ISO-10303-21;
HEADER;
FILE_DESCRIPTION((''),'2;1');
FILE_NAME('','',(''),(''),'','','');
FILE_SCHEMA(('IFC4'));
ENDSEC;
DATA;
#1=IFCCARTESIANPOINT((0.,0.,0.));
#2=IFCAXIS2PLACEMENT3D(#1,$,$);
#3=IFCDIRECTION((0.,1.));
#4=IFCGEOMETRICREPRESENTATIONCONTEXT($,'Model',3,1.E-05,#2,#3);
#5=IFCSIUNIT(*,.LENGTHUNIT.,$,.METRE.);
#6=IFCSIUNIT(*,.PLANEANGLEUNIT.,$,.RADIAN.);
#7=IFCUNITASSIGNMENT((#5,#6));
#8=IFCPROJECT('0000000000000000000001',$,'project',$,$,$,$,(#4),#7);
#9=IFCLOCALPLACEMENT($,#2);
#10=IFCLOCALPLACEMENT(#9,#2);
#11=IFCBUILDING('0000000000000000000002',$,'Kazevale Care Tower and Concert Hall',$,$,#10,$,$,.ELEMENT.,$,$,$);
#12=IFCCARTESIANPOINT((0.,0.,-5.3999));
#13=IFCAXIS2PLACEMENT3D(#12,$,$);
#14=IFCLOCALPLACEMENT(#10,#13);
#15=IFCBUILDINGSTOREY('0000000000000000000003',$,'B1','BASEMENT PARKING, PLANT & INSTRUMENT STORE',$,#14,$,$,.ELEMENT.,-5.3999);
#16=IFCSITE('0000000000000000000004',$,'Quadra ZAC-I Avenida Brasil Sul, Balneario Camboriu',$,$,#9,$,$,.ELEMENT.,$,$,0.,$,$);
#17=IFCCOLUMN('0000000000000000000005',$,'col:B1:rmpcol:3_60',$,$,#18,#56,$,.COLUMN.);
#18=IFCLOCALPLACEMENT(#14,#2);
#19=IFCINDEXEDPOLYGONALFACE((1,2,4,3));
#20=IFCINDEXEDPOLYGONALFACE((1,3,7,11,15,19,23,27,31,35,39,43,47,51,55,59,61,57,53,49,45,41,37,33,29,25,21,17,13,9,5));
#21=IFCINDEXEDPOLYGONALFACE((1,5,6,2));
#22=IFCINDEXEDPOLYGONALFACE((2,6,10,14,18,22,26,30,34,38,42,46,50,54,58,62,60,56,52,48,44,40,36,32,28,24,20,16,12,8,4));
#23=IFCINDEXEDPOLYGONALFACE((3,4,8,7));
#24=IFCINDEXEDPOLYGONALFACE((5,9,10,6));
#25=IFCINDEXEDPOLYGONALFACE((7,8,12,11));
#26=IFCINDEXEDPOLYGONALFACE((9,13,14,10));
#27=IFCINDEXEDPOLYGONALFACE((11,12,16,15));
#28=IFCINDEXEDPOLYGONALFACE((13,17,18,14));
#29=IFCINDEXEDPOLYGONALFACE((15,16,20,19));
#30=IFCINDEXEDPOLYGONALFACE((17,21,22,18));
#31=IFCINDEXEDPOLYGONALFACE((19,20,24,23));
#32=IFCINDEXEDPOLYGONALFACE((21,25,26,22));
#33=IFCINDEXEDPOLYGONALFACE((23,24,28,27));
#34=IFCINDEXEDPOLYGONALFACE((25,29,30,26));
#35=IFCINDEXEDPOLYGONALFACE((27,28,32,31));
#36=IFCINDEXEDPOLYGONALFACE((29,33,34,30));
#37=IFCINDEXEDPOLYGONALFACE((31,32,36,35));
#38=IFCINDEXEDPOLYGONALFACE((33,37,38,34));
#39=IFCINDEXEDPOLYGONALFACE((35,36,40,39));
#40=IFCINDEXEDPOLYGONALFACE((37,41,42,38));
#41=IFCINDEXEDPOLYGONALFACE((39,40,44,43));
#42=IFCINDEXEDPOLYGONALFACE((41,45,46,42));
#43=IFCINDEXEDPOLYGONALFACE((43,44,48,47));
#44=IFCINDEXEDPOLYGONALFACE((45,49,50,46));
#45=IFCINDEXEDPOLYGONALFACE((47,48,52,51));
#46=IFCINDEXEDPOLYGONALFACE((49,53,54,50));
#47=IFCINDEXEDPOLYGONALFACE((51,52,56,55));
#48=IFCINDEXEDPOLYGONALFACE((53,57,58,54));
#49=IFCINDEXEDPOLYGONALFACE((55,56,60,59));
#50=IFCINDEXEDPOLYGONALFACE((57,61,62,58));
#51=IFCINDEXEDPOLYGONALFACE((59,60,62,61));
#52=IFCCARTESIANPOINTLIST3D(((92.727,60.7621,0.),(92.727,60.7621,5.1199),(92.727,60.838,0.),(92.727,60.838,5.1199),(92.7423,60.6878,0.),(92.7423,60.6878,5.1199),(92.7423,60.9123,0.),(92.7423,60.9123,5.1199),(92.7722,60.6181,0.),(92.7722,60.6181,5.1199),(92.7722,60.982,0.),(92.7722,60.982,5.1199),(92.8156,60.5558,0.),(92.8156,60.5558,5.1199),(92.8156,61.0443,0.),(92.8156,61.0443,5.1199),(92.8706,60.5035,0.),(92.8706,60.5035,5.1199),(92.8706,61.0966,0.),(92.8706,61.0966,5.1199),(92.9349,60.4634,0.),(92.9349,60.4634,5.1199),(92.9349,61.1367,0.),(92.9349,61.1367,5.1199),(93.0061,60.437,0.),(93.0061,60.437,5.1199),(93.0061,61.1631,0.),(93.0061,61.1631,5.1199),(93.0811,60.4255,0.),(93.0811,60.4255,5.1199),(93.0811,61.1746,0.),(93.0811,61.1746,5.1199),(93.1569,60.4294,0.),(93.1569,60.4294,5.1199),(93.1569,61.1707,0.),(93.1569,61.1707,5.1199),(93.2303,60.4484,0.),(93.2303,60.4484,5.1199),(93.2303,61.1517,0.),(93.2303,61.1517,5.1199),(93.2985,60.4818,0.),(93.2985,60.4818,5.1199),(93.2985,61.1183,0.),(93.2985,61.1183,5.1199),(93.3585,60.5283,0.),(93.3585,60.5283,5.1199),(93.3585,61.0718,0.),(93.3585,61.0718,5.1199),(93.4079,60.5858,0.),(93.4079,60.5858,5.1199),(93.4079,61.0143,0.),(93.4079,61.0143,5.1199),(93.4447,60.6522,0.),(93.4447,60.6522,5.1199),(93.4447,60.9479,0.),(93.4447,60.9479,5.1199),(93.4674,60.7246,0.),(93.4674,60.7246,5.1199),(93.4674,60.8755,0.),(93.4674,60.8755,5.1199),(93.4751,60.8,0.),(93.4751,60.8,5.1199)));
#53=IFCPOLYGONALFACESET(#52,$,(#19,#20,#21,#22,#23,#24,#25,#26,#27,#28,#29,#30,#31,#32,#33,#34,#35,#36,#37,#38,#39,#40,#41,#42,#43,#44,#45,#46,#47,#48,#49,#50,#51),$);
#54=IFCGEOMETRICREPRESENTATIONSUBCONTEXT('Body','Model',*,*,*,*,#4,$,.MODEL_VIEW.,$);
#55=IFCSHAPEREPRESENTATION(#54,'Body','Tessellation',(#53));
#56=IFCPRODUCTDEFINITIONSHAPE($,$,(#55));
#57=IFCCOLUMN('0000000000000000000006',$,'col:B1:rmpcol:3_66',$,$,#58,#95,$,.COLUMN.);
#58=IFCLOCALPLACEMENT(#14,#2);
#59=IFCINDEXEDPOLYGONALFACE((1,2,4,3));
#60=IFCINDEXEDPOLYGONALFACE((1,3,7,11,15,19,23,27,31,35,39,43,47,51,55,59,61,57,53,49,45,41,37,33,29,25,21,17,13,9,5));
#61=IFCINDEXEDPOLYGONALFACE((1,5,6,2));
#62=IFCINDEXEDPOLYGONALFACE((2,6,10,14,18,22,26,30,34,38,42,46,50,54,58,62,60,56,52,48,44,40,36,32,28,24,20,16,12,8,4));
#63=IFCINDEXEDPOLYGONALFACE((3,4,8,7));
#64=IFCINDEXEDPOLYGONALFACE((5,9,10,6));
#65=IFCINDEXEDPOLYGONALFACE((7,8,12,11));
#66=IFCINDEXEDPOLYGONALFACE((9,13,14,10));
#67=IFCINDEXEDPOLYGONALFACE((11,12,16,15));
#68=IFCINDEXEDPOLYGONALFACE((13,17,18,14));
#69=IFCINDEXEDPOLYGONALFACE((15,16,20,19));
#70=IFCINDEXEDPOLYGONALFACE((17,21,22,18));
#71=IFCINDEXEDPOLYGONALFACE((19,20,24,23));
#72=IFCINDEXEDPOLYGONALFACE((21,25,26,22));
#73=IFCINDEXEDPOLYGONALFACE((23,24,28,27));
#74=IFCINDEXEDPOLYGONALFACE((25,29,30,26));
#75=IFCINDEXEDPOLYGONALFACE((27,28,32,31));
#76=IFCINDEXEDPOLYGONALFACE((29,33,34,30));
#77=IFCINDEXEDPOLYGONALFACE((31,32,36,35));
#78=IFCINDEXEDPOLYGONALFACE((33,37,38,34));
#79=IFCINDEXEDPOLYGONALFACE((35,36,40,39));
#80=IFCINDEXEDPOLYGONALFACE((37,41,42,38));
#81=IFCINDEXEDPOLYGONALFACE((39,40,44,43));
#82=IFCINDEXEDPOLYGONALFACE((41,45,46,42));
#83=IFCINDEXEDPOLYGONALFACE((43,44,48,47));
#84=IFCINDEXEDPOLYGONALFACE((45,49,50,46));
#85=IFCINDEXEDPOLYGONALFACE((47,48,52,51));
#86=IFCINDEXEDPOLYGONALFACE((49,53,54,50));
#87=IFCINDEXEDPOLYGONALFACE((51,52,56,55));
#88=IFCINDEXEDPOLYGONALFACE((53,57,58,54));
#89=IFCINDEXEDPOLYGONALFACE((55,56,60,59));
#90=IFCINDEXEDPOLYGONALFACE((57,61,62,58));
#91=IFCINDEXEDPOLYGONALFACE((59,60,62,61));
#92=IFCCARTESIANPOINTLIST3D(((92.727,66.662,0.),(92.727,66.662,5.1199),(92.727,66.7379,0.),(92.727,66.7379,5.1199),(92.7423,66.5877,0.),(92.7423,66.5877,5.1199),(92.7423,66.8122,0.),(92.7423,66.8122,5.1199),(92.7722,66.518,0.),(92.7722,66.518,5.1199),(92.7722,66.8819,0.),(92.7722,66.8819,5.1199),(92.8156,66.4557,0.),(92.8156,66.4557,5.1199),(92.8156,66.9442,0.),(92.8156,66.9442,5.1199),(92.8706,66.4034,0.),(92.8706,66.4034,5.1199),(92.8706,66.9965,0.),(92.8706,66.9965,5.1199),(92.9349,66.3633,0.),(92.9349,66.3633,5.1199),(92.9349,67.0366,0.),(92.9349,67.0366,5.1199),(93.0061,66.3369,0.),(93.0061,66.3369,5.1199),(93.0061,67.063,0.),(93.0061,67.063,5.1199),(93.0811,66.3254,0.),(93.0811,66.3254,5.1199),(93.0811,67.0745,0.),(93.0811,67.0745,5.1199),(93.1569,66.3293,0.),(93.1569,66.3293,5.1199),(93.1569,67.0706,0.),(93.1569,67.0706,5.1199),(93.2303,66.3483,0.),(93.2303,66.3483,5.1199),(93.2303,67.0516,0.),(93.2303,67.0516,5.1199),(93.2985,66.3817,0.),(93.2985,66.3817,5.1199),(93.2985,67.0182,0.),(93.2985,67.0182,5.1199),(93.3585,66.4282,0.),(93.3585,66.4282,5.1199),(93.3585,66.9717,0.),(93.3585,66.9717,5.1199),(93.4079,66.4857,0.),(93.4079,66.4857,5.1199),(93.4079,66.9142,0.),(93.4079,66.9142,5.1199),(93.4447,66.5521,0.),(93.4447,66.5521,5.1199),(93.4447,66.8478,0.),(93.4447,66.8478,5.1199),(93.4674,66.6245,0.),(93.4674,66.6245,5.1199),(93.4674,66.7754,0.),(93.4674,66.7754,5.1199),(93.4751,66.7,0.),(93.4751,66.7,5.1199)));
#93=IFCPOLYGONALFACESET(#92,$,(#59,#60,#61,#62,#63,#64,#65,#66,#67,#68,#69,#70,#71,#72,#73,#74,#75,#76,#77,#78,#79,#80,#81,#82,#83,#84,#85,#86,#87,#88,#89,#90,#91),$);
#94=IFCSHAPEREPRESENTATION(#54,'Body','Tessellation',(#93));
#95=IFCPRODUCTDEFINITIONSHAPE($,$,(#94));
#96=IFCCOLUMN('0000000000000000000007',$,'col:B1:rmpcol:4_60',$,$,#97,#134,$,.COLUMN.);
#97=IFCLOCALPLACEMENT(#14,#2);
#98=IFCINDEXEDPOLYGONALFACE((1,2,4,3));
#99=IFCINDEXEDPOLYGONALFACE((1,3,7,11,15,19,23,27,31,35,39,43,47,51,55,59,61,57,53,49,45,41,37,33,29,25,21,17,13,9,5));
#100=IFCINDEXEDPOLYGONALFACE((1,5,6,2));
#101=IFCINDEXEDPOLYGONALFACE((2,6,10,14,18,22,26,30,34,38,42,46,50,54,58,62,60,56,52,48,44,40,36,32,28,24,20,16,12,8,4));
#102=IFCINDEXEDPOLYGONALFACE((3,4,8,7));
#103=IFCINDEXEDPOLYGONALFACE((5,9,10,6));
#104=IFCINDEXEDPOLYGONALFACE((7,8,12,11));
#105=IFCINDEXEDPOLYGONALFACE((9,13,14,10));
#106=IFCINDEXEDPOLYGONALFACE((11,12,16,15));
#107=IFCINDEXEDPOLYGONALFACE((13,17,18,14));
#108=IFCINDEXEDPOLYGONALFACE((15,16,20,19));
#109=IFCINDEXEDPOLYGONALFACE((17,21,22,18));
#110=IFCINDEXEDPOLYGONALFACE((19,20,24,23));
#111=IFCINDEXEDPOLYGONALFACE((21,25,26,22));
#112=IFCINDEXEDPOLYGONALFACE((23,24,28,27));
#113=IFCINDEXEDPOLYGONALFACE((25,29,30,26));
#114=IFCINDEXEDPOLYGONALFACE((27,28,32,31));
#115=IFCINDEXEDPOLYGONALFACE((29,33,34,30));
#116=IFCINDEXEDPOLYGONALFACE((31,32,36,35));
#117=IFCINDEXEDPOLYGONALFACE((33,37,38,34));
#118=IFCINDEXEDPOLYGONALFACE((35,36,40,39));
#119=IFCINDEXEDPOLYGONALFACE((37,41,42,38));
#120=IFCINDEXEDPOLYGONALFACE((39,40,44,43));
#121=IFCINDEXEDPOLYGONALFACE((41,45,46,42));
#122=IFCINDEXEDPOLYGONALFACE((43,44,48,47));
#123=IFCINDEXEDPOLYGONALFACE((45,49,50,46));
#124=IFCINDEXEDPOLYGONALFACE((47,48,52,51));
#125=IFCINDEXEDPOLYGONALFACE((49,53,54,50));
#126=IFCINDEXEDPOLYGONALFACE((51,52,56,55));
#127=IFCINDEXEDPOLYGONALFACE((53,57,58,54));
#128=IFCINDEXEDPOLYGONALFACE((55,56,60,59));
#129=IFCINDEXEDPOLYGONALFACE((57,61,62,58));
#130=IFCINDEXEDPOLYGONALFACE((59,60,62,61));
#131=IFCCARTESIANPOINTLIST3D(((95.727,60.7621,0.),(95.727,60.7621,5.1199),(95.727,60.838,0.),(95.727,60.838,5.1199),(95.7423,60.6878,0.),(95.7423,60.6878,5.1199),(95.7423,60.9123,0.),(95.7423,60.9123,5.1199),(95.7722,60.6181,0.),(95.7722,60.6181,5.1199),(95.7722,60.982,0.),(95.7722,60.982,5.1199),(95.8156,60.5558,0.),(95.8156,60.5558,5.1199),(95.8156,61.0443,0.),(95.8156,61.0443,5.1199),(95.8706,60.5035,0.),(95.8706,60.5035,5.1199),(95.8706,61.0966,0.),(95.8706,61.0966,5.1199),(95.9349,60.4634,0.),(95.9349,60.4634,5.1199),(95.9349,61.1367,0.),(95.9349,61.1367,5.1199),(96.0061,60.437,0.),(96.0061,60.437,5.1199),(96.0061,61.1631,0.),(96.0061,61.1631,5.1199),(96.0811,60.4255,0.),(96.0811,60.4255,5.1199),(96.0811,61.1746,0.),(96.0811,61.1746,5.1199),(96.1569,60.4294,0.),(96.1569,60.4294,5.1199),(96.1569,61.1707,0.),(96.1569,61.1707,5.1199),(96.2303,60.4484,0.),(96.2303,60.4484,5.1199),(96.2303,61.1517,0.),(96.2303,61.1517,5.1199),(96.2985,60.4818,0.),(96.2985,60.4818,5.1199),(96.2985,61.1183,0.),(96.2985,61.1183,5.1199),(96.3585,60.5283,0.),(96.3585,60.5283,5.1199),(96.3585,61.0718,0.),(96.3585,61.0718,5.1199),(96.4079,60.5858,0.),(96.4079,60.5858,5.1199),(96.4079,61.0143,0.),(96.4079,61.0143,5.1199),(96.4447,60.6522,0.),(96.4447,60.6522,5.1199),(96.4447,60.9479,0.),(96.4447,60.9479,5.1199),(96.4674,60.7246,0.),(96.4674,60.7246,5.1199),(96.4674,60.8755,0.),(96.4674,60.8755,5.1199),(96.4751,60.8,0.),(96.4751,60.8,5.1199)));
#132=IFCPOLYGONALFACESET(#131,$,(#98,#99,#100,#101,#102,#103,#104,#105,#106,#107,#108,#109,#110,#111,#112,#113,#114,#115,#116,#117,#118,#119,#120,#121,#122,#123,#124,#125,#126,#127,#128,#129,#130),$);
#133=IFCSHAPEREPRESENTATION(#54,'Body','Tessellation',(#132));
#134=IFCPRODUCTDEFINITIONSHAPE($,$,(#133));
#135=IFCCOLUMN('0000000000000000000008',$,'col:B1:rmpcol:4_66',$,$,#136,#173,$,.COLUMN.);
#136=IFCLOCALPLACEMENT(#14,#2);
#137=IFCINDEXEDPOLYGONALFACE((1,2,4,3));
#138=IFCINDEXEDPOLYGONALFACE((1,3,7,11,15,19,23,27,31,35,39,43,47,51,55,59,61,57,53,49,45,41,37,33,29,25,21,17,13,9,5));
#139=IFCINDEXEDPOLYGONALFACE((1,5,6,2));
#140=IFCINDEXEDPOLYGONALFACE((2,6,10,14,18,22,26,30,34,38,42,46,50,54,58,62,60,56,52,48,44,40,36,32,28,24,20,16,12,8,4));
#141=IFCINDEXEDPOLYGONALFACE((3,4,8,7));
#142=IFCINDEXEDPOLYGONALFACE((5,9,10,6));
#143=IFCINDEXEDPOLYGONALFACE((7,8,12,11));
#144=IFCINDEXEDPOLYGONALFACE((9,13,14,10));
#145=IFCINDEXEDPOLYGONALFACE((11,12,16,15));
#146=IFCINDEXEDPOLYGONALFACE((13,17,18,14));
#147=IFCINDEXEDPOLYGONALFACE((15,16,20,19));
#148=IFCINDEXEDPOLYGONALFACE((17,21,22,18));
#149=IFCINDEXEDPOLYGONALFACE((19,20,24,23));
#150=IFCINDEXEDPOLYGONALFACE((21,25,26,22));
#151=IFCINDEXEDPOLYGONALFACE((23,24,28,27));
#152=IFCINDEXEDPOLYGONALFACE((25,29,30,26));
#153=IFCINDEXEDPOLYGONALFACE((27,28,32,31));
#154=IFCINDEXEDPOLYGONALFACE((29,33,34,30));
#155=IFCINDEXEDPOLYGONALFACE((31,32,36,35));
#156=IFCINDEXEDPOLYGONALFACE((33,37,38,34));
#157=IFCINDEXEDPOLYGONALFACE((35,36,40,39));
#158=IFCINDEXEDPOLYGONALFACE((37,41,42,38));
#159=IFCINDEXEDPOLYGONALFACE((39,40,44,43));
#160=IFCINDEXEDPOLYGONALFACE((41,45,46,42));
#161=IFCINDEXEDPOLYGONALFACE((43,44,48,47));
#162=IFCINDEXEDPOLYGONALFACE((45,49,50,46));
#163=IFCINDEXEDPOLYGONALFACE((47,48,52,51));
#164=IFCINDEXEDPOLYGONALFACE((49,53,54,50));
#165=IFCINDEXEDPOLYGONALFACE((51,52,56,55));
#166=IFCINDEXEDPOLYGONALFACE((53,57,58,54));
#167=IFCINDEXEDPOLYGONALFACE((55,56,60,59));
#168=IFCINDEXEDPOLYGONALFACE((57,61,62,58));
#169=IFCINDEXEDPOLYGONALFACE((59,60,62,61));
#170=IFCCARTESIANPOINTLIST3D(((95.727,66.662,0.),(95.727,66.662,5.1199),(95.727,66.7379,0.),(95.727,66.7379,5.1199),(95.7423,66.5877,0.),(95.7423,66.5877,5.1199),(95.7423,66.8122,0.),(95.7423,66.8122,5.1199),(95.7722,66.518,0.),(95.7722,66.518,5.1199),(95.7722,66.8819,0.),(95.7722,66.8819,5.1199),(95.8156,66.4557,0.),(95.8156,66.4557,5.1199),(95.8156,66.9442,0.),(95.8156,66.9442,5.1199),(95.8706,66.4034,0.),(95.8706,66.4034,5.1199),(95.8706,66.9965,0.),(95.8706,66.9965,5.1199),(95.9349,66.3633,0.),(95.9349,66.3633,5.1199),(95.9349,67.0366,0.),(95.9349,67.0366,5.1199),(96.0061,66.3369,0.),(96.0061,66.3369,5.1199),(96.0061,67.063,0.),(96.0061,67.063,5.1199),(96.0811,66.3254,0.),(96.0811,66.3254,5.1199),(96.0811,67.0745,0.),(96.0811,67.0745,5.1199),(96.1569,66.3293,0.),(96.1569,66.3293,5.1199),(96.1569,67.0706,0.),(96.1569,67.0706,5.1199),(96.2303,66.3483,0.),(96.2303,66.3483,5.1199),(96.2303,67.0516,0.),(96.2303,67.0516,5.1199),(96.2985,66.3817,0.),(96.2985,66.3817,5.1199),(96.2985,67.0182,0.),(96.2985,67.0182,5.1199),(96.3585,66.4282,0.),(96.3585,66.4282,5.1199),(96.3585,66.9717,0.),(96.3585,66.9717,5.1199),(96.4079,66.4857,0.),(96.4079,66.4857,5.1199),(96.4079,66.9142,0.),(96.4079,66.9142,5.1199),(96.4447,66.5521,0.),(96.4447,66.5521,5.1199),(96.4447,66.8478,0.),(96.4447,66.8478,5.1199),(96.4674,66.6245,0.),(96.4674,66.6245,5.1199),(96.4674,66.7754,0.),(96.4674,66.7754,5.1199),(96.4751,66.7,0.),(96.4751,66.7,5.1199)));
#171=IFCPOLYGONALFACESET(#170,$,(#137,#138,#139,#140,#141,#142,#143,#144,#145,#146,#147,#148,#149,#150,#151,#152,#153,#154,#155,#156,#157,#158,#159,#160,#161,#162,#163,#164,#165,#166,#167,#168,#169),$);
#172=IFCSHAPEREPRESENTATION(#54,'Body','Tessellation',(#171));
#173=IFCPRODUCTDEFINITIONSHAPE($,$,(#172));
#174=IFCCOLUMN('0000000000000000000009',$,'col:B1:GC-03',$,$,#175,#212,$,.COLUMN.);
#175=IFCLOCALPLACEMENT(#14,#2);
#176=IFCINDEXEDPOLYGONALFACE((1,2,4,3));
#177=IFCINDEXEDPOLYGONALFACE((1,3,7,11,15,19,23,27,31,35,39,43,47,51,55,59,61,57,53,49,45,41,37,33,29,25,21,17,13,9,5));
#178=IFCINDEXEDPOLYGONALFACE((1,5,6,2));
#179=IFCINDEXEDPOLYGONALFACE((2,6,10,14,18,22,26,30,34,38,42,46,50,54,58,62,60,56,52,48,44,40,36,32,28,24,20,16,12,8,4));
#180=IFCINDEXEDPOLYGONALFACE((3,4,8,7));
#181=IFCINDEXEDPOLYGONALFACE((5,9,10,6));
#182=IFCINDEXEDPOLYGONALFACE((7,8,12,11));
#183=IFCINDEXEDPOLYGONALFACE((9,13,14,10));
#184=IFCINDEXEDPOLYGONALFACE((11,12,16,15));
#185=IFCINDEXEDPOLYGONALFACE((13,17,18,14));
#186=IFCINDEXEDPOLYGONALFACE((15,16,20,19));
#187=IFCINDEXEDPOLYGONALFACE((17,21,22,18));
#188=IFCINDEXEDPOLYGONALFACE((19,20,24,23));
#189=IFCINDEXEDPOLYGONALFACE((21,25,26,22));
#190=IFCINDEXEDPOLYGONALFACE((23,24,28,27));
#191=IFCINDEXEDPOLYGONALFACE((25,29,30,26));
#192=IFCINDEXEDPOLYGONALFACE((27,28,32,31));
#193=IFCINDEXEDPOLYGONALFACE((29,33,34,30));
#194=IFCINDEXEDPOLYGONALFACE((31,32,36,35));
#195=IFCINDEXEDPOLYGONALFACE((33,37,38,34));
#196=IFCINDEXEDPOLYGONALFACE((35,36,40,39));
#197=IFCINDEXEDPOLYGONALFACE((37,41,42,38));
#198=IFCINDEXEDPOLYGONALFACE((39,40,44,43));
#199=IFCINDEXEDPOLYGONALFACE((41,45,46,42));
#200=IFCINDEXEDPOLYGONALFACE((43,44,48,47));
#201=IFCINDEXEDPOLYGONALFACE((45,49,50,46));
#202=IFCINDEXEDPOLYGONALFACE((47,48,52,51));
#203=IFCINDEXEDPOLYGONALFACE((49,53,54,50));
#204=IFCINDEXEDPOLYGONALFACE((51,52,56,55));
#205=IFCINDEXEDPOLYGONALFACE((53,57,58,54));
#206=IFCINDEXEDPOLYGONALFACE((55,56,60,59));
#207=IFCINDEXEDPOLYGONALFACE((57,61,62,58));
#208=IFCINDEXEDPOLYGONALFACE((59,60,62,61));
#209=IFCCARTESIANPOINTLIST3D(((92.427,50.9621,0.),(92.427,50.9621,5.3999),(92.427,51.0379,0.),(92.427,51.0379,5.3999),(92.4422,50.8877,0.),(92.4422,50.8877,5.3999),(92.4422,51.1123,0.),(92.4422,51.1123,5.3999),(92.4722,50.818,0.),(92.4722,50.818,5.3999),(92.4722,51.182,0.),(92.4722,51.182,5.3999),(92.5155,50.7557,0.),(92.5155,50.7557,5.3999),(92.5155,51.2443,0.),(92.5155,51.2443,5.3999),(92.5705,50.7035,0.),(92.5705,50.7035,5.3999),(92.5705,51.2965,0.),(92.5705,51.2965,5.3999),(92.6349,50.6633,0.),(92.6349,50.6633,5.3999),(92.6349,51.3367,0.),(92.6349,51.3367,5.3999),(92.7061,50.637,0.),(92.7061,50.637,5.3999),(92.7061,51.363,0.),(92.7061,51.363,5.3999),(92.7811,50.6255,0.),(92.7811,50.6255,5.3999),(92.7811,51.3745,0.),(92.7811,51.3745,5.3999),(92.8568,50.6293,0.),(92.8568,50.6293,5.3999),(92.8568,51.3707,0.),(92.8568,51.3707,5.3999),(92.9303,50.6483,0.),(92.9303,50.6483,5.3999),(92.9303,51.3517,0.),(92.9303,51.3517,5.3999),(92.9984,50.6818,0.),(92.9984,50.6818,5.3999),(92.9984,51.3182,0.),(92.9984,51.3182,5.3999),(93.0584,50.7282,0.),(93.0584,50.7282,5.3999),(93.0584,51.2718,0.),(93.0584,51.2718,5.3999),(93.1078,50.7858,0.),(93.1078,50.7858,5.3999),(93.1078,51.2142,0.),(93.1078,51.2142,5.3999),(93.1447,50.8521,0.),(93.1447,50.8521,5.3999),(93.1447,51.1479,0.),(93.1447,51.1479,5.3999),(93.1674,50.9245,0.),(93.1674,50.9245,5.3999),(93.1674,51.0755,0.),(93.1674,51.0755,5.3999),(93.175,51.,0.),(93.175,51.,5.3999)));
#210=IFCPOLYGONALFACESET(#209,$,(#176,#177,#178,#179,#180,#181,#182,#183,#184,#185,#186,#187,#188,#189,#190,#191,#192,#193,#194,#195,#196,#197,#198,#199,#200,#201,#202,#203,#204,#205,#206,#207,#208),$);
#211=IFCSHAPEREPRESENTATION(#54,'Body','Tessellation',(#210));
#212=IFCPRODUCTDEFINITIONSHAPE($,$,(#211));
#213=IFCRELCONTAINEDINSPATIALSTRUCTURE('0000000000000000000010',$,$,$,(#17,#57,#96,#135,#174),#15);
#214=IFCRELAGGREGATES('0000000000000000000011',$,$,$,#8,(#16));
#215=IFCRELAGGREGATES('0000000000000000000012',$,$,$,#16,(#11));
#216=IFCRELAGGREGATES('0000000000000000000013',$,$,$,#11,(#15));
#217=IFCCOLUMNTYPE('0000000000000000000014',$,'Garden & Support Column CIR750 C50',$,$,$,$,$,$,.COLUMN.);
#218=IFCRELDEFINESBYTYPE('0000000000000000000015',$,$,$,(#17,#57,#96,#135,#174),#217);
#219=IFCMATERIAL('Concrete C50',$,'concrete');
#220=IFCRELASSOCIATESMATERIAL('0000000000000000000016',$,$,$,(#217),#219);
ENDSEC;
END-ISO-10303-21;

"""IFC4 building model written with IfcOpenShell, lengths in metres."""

from ifc_helpers import new_model, si_unit, direction, frame, origin, origin_2d, place, context, subcontext, project, spatial, circle, extrude, material, material_profile, profile_set, type_object, element, save


model = new_model("IFC4")

# Units and contexts
model_context = context("Model", 3, precision=1e-05, world=origin(), true_north=direction((0.0, 1.0)))
body_context = subcontext(model_context, "Body", "Model", "MODEL_VIEW")
ifc_project = project(units=[si_unit("LENGTHUNIT", "METRE"), si_unit("PLANEANGLEUNIT", "RADIAN")], contexts=[model_context])

# Site, building, storey
site_placement = place(None, origin())
site = spatial("IfcSite", under=ifc_project, at=site_placement, Name="Quadra ZAC-I Avenida Brasil Sul, Balneario Camboriu", CompositionType="ELEMENT", RefElevation=0.0)
building_placement = place(site_placement, origin())
building = spatial("IfcBuilding", under=site, at=building_placement, Name="Kazevale Care Tower and Concert Hall", CompositionType="ELEMENT")
storey_placement = place(building_placement, frame((0.0, 0.0, -5.3999)))
storey = spatial("IfcBuildingStorey", under=building, at=storey_placement, Name="B1", Description="BASEMENT PARKING, PLANT & INSTRUMENT STORE", CompositionType="ELEMENT", Elevation=-5.3999)

# Shared definitions
ifc_material_1 = material(Name="Concrete C50", Category="concrete")

# Columns
ifc_material_profile_1 = material_profile(ifc_material_1, circle(Radius=0.375, at=origin_2d()), Name="RC-CIR750")
ifc_profile_set_1 = profile_set([ifc_material_profile_1], Name="Concrete C50")
column_type_1 = type_object("IfcColumnType", Name="Garden & Support Column CIR750 C50", PredefinedType="COLUMN", material=ifc_profile_set_1)
for number, where, z_axis, x_axis, name in (
    (1, (93.1001, 60.8, 0.0), (0.0, 0.0, 1.0), (1.0, 0.0, 0.0), "col:B1:rmpcol:3_60"),
    (2, (93.1001, 66.7, 0.0), (0.0, 0.0, 1.0), (1.0, 0.0, 0.0), "col:B1:rmpcol:3_66"),
    (3, (96.1001, 60.8, 0.0), (0.0, 0.0, 1.0), (1.0, 0.0, 0.0), "col:B1:rmpcol:4_60"),
    (4, (96.1001, 66.7, 0.0), (0.0, 0.0, 1.0), (1.0, 0.0, 0.0), "col:B1:rmpcol:4_66"),
):
    element("IfcColumn", number, at=place(storey_placement, frame(where, z_axis=z_axis, x_axis=x_axis)), inside=storey, type_object=column_type_1, Name=name, PredefinedType="COLUMN", context=body_context, shape_type="SweptSolid", body=[
        extrude(circle(Radius=0.375, at=origin_2d()), origin(), (0.0, 0.0, 1.0), 5.1199),
    ])
column_1_placement = place(storey_placement, frame((92.8, 51.0, 0.0), z_axis=(0.0, 0.0, 1.0), x_axis=(1.0, 0.0, 0.0)))
element("IfcColumn", 5, at=column_1_placement, inside=storey, type_object=column_type_1, Name="col:B1:GC-03", PredefinedType="COLUMN", context=body_context, shape_type="SweptSolid", body=[
    extrude(circle(Radius=0.375, at=origin_2d()), origin(), (0.0, 0.0, 1.0), 5.3999),
])

save(model, "model.ifc")
